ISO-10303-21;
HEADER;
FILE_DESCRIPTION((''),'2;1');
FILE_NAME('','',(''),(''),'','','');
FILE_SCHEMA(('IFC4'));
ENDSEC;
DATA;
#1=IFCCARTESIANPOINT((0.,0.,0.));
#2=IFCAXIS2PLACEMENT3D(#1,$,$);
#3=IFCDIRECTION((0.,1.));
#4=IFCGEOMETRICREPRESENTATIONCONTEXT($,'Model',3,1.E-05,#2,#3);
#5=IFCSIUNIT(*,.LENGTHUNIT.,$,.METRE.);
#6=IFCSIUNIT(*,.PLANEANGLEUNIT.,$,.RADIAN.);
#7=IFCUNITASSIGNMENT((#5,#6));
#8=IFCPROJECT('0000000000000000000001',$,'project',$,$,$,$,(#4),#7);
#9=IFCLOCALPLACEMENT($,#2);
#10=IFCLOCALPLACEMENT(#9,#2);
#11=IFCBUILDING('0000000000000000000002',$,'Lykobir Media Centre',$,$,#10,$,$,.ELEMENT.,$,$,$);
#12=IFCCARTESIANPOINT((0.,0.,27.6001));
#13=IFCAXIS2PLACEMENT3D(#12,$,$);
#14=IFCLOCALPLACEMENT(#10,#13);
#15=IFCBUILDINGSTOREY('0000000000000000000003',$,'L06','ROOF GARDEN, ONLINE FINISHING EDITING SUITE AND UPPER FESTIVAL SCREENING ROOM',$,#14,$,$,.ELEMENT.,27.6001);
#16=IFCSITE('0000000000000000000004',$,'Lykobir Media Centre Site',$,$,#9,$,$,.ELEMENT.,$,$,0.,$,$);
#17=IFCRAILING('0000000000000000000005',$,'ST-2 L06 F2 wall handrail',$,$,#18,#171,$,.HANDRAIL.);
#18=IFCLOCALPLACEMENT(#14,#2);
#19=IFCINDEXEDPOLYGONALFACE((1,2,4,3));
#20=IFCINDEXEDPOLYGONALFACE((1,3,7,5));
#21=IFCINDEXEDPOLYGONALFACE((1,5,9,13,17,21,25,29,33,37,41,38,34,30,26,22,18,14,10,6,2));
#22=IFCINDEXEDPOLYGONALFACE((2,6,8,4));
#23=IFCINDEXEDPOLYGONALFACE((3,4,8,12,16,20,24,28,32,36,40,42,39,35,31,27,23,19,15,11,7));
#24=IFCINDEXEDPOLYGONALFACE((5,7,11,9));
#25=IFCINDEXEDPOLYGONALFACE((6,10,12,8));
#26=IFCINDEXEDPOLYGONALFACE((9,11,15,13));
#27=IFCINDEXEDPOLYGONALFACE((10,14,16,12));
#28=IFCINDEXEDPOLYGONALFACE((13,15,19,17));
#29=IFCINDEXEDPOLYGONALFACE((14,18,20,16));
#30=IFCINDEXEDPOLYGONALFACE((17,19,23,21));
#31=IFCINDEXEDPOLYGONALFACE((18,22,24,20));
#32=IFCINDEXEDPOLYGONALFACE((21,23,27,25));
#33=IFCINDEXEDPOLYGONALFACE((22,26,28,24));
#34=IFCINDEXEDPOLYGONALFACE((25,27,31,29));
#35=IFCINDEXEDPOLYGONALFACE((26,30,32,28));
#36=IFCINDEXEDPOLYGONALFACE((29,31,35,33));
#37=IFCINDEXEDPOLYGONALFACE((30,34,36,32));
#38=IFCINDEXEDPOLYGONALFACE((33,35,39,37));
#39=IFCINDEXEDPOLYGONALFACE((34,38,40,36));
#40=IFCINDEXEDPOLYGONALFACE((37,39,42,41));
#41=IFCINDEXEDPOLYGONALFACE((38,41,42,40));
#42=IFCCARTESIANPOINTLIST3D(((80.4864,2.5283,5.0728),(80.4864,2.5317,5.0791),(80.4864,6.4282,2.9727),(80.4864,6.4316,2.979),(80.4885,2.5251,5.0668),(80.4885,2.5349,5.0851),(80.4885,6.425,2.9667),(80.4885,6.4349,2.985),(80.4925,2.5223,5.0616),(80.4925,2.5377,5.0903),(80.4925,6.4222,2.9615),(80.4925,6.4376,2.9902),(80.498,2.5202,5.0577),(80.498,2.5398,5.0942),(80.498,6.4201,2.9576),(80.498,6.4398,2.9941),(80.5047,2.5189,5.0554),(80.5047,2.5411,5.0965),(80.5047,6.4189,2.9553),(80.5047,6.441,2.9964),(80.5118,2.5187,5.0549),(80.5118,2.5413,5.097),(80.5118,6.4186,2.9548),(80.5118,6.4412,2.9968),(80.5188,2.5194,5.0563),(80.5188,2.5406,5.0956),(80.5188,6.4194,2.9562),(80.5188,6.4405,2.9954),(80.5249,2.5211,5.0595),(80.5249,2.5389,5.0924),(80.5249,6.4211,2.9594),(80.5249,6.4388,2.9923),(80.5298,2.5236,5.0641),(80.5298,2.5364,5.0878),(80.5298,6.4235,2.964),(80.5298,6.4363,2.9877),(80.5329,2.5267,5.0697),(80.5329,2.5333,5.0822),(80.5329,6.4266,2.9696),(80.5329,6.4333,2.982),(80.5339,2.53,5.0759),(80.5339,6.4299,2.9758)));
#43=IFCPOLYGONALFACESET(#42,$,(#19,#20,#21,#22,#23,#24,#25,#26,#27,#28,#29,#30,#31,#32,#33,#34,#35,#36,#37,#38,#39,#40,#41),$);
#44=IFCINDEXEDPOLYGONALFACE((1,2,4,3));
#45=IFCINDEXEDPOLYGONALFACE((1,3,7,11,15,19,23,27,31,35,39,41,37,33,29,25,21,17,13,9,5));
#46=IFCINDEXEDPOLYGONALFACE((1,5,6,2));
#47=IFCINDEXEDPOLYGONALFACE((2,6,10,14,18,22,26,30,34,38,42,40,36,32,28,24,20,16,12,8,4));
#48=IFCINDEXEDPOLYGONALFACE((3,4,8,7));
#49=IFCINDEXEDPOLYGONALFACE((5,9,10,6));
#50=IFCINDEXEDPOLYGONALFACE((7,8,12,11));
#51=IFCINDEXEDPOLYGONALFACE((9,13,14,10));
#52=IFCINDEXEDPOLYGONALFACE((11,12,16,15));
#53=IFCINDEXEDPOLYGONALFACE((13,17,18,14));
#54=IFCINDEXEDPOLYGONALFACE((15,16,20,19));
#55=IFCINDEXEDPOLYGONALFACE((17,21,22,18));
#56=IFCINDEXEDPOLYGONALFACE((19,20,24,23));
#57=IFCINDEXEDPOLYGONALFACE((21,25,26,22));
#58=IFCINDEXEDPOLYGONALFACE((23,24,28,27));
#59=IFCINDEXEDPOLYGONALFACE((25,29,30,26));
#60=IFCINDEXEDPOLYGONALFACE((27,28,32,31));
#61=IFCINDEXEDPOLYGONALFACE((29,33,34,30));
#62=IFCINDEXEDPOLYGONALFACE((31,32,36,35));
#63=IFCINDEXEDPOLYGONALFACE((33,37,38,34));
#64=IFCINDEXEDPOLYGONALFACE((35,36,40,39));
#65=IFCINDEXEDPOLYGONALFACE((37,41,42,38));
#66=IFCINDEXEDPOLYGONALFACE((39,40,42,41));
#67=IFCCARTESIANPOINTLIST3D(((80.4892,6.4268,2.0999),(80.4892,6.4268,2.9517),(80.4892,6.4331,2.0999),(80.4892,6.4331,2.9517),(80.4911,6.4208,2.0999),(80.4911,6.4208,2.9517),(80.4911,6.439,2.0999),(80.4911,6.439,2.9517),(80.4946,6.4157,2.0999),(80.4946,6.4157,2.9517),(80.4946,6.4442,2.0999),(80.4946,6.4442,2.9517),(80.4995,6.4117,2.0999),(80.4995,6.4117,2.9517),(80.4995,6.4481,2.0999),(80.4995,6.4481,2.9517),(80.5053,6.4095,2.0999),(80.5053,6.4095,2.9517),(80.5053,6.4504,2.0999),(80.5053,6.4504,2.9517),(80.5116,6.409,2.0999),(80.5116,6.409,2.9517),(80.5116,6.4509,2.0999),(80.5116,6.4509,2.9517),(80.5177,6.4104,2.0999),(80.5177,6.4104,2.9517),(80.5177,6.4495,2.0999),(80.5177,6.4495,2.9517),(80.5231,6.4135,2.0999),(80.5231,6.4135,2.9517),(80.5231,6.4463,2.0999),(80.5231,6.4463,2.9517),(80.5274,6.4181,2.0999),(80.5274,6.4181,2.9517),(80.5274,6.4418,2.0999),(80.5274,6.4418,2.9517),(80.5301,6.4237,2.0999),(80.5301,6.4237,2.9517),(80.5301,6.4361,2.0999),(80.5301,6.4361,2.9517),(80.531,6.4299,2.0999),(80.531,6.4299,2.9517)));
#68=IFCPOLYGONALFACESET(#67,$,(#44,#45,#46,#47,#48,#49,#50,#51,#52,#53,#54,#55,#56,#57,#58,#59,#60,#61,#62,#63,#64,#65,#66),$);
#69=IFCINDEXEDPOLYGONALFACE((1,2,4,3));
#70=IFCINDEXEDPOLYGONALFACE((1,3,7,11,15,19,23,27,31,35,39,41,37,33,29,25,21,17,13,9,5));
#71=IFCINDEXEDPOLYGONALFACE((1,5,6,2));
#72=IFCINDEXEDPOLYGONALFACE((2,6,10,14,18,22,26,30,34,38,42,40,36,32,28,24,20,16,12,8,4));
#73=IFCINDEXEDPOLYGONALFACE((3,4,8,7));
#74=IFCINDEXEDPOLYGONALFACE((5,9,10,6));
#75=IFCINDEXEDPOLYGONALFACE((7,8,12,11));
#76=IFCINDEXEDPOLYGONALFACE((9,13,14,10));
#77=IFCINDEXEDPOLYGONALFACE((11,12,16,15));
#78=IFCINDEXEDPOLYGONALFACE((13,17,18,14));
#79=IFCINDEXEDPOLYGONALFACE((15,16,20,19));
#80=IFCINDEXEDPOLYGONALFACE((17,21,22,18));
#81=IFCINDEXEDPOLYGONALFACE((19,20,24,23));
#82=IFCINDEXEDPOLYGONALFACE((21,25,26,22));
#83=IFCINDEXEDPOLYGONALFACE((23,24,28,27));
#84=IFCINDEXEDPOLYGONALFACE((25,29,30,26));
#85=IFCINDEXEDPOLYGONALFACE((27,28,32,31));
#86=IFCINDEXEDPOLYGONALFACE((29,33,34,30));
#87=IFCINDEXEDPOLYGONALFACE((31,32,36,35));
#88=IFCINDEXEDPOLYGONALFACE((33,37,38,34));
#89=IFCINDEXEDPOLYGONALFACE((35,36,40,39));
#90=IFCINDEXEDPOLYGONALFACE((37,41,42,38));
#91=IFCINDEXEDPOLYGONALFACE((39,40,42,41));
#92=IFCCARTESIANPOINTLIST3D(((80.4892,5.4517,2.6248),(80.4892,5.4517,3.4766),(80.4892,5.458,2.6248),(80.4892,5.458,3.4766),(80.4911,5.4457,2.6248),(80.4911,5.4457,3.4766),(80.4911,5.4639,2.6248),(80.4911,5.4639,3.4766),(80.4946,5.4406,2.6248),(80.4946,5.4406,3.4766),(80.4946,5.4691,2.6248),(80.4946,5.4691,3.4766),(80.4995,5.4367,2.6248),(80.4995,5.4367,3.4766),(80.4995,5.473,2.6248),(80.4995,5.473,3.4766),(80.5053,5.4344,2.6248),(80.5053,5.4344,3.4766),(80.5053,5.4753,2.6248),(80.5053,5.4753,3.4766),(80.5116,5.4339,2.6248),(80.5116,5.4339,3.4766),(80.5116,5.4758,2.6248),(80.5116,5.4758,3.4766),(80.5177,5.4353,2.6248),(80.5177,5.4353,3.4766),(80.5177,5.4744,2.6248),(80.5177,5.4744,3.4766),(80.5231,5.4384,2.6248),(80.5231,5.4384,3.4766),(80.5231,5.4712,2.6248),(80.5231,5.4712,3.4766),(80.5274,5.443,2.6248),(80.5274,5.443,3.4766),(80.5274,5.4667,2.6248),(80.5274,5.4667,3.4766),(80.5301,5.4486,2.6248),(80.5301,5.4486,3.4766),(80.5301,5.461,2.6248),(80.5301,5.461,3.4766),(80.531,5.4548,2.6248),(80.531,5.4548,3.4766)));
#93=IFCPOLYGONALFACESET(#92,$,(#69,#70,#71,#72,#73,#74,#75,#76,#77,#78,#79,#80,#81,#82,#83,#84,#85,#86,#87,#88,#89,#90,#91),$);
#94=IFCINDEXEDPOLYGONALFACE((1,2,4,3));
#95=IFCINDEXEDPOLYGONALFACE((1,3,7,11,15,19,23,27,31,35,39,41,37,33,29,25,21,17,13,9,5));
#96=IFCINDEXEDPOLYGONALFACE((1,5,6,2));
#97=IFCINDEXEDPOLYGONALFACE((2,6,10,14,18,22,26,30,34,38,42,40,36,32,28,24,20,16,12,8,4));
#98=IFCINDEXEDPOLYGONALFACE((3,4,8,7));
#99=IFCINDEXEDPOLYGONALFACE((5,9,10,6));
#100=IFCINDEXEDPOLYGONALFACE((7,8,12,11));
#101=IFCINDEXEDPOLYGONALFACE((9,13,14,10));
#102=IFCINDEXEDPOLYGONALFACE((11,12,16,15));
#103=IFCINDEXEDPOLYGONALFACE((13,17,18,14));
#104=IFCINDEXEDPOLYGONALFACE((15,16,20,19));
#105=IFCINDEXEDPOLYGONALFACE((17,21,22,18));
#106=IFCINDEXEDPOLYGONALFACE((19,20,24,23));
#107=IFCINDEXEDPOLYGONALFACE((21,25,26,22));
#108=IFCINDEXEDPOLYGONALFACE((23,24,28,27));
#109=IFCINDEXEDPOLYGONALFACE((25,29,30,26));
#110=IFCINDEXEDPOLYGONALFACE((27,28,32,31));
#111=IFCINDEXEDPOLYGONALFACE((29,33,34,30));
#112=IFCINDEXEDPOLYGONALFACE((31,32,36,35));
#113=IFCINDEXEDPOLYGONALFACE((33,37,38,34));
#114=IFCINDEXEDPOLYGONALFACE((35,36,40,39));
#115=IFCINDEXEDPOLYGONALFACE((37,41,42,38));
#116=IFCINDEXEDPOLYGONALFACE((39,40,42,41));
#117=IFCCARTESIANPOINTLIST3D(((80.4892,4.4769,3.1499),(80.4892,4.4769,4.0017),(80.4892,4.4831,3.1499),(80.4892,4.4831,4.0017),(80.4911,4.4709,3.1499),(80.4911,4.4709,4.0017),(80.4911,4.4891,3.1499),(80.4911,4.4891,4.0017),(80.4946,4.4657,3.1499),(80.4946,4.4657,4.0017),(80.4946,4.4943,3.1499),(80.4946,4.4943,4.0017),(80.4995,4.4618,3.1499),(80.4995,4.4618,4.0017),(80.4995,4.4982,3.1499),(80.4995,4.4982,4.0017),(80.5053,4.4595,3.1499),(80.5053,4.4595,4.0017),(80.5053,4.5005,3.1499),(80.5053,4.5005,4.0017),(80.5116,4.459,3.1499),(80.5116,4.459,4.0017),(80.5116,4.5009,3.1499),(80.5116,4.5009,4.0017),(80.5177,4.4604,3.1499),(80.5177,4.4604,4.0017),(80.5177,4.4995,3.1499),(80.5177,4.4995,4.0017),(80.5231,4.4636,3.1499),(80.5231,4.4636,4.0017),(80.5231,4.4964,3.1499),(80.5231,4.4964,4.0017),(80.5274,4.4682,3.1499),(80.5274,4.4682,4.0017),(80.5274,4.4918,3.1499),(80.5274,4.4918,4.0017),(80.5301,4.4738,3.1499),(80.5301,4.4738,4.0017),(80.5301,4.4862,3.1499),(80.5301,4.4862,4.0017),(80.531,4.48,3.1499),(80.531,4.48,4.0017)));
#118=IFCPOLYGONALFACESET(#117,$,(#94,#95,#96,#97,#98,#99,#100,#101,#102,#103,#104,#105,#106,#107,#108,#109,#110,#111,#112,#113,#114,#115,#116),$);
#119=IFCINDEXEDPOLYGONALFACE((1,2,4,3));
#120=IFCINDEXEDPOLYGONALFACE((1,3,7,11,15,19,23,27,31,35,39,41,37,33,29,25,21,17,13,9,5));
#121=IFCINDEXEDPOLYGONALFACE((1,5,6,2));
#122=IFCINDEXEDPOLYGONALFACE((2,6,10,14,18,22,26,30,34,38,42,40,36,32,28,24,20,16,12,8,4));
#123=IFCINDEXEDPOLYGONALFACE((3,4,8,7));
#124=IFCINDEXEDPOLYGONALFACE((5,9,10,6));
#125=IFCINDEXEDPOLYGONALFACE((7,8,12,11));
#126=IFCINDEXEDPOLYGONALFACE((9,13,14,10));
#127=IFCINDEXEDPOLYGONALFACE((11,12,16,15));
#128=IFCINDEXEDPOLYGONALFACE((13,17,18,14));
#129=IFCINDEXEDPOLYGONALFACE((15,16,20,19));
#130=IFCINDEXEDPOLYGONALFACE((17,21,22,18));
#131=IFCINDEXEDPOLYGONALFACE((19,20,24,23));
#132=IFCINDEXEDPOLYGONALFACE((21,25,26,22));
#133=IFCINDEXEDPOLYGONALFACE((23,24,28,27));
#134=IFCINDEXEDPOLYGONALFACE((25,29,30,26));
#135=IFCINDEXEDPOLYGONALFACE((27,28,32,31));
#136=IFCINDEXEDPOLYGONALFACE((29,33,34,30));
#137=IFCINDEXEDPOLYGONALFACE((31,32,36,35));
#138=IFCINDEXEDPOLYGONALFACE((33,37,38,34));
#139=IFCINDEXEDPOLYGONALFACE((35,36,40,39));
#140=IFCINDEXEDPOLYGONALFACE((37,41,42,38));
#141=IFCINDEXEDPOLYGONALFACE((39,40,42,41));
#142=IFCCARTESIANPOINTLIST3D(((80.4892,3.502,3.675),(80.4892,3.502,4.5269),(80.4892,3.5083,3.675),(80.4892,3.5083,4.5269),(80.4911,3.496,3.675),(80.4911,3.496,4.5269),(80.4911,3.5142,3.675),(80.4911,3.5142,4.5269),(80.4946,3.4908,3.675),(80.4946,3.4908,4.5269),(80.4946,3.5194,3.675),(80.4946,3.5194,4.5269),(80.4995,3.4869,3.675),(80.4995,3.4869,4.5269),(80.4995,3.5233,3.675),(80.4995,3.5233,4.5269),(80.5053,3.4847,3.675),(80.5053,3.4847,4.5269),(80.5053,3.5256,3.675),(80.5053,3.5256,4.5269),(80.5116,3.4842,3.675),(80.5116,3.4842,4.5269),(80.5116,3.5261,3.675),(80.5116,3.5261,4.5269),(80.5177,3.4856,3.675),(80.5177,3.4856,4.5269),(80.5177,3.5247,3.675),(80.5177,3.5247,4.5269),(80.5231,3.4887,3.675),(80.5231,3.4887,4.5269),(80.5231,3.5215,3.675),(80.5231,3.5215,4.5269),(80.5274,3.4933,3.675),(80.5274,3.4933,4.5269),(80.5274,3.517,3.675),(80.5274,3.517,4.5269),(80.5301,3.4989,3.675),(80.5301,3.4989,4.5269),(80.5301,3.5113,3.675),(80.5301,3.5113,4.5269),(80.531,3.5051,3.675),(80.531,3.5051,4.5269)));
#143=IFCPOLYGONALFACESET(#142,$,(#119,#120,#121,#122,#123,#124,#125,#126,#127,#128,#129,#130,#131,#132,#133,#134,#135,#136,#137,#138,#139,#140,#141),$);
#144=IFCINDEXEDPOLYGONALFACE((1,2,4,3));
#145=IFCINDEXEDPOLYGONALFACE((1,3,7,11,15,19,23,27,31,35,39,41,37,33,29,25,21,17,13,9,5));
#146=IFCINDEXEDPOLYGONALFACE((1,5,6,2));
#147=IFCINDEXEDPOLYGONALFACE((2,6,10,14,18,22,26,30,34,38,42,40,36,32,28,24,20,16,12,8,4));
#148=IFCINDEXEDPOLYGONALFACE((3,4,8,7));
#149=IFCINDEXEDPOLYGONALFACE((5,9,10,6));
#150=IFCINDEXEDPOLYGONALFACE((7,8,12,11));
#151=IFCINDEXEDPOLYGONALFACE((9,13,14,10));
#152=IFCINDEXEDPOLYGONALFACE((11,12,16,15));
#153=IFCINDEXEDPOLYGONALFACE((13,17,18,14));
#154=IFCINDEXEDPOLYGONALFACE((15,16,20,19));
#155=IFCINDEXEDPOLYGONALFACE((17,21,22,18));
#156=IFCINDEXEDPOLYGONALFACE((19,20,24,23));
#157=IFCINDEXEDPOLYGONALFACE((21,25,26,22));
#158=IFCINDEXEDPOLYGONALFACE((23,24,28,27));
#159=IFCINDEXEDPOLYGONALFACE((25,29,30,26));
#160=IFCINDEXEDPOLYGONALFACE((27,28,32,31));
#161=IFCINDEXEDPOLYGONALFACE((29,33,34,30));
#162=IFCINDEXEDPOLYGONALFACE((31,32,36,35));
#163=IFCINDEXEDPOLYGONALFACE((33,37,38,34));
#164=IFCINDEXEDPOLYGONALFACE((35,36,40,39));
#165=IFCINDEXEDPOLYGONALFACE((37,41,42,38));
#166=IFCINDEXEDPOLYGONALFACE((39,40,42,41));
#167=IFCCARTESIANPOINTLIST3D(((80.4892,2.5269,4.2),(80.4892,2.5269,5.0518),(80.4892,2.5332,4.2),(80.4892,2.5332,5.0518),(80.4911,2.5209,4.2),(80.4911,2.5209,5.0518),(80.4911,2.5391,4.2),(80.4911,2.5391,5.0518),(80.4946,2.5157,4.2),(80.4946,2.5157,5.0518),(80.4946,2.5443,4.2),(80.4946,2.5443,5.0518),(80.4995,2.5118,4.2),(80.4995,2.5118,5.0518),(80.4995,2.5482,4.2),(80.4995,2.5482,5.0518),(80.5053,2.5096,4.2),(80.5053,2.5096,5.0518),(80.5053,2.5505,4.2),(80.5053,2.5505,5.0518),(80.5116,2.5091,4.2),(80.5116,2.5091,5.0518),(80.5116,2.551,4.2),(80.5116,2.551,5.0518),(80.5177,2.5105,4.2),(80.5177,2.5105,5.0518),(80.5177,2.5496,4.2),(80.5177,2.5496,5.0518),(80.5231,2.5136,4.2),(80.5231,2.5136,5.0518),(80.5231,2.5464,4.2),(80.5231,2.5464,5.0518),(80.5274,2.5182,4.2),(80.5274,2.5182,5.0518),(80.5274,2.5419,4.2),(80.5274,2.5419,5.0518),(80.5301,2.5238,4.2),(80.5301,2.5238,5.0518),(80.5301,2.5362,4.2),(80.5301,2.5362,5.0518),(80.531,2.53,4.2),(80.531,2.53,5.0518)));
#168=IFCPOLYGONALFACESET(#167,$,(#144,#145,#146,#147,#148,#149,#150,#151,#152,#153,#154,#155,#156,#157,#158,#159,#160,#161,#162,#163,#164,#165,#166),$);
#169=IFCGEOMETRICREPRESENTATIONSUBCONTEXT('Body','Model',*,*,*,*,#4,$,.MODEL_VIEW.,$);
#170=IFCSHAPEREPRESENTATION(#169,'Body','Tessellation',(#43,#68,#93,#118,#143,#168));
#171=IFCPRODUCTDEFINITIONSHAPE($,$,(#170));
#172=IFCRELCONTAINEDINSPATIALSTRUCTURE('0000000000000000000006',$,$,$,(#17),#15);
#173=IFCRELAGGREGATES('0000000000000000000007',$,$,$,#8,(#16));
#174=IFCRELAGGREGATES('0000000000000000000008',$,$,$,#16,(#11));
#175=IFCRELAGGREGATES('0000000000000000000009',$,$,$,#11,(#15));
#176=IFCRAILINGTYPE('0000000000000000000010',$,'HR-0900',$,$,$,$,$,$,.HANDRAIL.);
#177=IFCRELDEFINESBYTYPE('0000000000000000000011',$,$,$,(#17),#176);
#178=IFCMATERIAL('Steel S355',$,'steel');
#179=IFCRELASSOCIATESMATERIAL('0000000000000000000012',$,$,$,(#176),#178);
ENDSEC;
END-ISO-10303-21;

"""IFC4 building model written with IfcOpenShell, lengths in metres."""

from ifc_helpers import new_model, si_unit, direction, frame, origin, origin_2d, place, context, subcontext, project, spatial, circle, extrude, material, type_object, element, save


model = new_model("IFC4")

# Units and contexts
model_context = context("Model", 3, precision=1e-05, world=origin(), true_north=direction((0.0, 1.0)))
body_context = subcontext(model_context, "Body", "Model", "MODEL_VIEW")
ifc_project = project(units=[si_unit("LENGTHUNIT", "METRE"), si_unit("PLANEANGLEUNIT", "RADIAN")], contexts=[model_context])

# Site, building, storey
site_placement = place(None, origin())
site = spatial("IfcSite", under=ifc_project, at=site_placement, Name="Lykobir Media Centre Site", CompositionType="ELEMENT", RefElevation=0.0)
building_placement = place(site_placement, origin())
building = spatial("IfcBuilding", under=site, at=building_placement, Name="Lykobir Media Centre", CompositionType="ELEMENT")
storey_placement = place(building_placement, frame((0.0, 0.0, 27.6001)))
storey = spatial("IfcBuildingStorey", under=building, at=storey_placement, Name="L06", Description="ROOF GARDEN, ONLINE FINISHING EDITING SUITE AND UPPER FESTIVAL SCREENING ROOM", CompositionType="ELEMENT", Elevation=27.6001)

# Shared definitions
ifc_material_1 = material(Name="Steel S355", Category="steel")

# Railing
railing_type_1 = type_object("IfcRailingType", Name="HR-0900", PredefinedType="HANDRAIL", material=ifc_material_1)
railing_1_placement = place(storey_placement, frame((80.51, 6.4299, 2.0999)))
element("IfcRailing", 1, at=railing_1_placement, inside=storey, type_object=railing_type_1, Name="ST-2 L06 F2 wall handrail", PredefinedType="HANDRAIL", context=body_context, shape_type="SweptSolid", body=[
    extrude(circle(Radius=0.0239, at=origin_2d()), frame((0.0, 0.0, 0.876), z_axis=(0.0, -0.880457, 0.474126), x_axis=(1.0, 0.0, 0.0)), (0.0, 0.0, 1.0), 4.4294),
    extrude(circle(Radius=0.021, at=origin_2d()), origin(), (0.0, 0.0, 1.0), 0.8518),
    extrude(circle(Radius=0.021, at=origin_2d()), frame((0.0, -0.9751, 0.5249)), (0.0, 0.0, 1.0), 0.8518),
    extrude(circle(Radius=0.021, at=origin_2d()), frame((0.0, -1.95, 1.05)), (0.0, 0.0, 1.0), 0.8518),
    extrude(circle(Radius=0.021, at=origin_2d()), frame((0.0, -2.9248, 1.5752)), (0.0, 0.0, 1.0), 0.8518),
    extrude(circle(Radius=0.021, at=origin_2d()), frame((0.0, -3.8999, 2.1001)), (0.0, 0.0, 1.0), 0.8518),
])

save(model, "model.ifc")
